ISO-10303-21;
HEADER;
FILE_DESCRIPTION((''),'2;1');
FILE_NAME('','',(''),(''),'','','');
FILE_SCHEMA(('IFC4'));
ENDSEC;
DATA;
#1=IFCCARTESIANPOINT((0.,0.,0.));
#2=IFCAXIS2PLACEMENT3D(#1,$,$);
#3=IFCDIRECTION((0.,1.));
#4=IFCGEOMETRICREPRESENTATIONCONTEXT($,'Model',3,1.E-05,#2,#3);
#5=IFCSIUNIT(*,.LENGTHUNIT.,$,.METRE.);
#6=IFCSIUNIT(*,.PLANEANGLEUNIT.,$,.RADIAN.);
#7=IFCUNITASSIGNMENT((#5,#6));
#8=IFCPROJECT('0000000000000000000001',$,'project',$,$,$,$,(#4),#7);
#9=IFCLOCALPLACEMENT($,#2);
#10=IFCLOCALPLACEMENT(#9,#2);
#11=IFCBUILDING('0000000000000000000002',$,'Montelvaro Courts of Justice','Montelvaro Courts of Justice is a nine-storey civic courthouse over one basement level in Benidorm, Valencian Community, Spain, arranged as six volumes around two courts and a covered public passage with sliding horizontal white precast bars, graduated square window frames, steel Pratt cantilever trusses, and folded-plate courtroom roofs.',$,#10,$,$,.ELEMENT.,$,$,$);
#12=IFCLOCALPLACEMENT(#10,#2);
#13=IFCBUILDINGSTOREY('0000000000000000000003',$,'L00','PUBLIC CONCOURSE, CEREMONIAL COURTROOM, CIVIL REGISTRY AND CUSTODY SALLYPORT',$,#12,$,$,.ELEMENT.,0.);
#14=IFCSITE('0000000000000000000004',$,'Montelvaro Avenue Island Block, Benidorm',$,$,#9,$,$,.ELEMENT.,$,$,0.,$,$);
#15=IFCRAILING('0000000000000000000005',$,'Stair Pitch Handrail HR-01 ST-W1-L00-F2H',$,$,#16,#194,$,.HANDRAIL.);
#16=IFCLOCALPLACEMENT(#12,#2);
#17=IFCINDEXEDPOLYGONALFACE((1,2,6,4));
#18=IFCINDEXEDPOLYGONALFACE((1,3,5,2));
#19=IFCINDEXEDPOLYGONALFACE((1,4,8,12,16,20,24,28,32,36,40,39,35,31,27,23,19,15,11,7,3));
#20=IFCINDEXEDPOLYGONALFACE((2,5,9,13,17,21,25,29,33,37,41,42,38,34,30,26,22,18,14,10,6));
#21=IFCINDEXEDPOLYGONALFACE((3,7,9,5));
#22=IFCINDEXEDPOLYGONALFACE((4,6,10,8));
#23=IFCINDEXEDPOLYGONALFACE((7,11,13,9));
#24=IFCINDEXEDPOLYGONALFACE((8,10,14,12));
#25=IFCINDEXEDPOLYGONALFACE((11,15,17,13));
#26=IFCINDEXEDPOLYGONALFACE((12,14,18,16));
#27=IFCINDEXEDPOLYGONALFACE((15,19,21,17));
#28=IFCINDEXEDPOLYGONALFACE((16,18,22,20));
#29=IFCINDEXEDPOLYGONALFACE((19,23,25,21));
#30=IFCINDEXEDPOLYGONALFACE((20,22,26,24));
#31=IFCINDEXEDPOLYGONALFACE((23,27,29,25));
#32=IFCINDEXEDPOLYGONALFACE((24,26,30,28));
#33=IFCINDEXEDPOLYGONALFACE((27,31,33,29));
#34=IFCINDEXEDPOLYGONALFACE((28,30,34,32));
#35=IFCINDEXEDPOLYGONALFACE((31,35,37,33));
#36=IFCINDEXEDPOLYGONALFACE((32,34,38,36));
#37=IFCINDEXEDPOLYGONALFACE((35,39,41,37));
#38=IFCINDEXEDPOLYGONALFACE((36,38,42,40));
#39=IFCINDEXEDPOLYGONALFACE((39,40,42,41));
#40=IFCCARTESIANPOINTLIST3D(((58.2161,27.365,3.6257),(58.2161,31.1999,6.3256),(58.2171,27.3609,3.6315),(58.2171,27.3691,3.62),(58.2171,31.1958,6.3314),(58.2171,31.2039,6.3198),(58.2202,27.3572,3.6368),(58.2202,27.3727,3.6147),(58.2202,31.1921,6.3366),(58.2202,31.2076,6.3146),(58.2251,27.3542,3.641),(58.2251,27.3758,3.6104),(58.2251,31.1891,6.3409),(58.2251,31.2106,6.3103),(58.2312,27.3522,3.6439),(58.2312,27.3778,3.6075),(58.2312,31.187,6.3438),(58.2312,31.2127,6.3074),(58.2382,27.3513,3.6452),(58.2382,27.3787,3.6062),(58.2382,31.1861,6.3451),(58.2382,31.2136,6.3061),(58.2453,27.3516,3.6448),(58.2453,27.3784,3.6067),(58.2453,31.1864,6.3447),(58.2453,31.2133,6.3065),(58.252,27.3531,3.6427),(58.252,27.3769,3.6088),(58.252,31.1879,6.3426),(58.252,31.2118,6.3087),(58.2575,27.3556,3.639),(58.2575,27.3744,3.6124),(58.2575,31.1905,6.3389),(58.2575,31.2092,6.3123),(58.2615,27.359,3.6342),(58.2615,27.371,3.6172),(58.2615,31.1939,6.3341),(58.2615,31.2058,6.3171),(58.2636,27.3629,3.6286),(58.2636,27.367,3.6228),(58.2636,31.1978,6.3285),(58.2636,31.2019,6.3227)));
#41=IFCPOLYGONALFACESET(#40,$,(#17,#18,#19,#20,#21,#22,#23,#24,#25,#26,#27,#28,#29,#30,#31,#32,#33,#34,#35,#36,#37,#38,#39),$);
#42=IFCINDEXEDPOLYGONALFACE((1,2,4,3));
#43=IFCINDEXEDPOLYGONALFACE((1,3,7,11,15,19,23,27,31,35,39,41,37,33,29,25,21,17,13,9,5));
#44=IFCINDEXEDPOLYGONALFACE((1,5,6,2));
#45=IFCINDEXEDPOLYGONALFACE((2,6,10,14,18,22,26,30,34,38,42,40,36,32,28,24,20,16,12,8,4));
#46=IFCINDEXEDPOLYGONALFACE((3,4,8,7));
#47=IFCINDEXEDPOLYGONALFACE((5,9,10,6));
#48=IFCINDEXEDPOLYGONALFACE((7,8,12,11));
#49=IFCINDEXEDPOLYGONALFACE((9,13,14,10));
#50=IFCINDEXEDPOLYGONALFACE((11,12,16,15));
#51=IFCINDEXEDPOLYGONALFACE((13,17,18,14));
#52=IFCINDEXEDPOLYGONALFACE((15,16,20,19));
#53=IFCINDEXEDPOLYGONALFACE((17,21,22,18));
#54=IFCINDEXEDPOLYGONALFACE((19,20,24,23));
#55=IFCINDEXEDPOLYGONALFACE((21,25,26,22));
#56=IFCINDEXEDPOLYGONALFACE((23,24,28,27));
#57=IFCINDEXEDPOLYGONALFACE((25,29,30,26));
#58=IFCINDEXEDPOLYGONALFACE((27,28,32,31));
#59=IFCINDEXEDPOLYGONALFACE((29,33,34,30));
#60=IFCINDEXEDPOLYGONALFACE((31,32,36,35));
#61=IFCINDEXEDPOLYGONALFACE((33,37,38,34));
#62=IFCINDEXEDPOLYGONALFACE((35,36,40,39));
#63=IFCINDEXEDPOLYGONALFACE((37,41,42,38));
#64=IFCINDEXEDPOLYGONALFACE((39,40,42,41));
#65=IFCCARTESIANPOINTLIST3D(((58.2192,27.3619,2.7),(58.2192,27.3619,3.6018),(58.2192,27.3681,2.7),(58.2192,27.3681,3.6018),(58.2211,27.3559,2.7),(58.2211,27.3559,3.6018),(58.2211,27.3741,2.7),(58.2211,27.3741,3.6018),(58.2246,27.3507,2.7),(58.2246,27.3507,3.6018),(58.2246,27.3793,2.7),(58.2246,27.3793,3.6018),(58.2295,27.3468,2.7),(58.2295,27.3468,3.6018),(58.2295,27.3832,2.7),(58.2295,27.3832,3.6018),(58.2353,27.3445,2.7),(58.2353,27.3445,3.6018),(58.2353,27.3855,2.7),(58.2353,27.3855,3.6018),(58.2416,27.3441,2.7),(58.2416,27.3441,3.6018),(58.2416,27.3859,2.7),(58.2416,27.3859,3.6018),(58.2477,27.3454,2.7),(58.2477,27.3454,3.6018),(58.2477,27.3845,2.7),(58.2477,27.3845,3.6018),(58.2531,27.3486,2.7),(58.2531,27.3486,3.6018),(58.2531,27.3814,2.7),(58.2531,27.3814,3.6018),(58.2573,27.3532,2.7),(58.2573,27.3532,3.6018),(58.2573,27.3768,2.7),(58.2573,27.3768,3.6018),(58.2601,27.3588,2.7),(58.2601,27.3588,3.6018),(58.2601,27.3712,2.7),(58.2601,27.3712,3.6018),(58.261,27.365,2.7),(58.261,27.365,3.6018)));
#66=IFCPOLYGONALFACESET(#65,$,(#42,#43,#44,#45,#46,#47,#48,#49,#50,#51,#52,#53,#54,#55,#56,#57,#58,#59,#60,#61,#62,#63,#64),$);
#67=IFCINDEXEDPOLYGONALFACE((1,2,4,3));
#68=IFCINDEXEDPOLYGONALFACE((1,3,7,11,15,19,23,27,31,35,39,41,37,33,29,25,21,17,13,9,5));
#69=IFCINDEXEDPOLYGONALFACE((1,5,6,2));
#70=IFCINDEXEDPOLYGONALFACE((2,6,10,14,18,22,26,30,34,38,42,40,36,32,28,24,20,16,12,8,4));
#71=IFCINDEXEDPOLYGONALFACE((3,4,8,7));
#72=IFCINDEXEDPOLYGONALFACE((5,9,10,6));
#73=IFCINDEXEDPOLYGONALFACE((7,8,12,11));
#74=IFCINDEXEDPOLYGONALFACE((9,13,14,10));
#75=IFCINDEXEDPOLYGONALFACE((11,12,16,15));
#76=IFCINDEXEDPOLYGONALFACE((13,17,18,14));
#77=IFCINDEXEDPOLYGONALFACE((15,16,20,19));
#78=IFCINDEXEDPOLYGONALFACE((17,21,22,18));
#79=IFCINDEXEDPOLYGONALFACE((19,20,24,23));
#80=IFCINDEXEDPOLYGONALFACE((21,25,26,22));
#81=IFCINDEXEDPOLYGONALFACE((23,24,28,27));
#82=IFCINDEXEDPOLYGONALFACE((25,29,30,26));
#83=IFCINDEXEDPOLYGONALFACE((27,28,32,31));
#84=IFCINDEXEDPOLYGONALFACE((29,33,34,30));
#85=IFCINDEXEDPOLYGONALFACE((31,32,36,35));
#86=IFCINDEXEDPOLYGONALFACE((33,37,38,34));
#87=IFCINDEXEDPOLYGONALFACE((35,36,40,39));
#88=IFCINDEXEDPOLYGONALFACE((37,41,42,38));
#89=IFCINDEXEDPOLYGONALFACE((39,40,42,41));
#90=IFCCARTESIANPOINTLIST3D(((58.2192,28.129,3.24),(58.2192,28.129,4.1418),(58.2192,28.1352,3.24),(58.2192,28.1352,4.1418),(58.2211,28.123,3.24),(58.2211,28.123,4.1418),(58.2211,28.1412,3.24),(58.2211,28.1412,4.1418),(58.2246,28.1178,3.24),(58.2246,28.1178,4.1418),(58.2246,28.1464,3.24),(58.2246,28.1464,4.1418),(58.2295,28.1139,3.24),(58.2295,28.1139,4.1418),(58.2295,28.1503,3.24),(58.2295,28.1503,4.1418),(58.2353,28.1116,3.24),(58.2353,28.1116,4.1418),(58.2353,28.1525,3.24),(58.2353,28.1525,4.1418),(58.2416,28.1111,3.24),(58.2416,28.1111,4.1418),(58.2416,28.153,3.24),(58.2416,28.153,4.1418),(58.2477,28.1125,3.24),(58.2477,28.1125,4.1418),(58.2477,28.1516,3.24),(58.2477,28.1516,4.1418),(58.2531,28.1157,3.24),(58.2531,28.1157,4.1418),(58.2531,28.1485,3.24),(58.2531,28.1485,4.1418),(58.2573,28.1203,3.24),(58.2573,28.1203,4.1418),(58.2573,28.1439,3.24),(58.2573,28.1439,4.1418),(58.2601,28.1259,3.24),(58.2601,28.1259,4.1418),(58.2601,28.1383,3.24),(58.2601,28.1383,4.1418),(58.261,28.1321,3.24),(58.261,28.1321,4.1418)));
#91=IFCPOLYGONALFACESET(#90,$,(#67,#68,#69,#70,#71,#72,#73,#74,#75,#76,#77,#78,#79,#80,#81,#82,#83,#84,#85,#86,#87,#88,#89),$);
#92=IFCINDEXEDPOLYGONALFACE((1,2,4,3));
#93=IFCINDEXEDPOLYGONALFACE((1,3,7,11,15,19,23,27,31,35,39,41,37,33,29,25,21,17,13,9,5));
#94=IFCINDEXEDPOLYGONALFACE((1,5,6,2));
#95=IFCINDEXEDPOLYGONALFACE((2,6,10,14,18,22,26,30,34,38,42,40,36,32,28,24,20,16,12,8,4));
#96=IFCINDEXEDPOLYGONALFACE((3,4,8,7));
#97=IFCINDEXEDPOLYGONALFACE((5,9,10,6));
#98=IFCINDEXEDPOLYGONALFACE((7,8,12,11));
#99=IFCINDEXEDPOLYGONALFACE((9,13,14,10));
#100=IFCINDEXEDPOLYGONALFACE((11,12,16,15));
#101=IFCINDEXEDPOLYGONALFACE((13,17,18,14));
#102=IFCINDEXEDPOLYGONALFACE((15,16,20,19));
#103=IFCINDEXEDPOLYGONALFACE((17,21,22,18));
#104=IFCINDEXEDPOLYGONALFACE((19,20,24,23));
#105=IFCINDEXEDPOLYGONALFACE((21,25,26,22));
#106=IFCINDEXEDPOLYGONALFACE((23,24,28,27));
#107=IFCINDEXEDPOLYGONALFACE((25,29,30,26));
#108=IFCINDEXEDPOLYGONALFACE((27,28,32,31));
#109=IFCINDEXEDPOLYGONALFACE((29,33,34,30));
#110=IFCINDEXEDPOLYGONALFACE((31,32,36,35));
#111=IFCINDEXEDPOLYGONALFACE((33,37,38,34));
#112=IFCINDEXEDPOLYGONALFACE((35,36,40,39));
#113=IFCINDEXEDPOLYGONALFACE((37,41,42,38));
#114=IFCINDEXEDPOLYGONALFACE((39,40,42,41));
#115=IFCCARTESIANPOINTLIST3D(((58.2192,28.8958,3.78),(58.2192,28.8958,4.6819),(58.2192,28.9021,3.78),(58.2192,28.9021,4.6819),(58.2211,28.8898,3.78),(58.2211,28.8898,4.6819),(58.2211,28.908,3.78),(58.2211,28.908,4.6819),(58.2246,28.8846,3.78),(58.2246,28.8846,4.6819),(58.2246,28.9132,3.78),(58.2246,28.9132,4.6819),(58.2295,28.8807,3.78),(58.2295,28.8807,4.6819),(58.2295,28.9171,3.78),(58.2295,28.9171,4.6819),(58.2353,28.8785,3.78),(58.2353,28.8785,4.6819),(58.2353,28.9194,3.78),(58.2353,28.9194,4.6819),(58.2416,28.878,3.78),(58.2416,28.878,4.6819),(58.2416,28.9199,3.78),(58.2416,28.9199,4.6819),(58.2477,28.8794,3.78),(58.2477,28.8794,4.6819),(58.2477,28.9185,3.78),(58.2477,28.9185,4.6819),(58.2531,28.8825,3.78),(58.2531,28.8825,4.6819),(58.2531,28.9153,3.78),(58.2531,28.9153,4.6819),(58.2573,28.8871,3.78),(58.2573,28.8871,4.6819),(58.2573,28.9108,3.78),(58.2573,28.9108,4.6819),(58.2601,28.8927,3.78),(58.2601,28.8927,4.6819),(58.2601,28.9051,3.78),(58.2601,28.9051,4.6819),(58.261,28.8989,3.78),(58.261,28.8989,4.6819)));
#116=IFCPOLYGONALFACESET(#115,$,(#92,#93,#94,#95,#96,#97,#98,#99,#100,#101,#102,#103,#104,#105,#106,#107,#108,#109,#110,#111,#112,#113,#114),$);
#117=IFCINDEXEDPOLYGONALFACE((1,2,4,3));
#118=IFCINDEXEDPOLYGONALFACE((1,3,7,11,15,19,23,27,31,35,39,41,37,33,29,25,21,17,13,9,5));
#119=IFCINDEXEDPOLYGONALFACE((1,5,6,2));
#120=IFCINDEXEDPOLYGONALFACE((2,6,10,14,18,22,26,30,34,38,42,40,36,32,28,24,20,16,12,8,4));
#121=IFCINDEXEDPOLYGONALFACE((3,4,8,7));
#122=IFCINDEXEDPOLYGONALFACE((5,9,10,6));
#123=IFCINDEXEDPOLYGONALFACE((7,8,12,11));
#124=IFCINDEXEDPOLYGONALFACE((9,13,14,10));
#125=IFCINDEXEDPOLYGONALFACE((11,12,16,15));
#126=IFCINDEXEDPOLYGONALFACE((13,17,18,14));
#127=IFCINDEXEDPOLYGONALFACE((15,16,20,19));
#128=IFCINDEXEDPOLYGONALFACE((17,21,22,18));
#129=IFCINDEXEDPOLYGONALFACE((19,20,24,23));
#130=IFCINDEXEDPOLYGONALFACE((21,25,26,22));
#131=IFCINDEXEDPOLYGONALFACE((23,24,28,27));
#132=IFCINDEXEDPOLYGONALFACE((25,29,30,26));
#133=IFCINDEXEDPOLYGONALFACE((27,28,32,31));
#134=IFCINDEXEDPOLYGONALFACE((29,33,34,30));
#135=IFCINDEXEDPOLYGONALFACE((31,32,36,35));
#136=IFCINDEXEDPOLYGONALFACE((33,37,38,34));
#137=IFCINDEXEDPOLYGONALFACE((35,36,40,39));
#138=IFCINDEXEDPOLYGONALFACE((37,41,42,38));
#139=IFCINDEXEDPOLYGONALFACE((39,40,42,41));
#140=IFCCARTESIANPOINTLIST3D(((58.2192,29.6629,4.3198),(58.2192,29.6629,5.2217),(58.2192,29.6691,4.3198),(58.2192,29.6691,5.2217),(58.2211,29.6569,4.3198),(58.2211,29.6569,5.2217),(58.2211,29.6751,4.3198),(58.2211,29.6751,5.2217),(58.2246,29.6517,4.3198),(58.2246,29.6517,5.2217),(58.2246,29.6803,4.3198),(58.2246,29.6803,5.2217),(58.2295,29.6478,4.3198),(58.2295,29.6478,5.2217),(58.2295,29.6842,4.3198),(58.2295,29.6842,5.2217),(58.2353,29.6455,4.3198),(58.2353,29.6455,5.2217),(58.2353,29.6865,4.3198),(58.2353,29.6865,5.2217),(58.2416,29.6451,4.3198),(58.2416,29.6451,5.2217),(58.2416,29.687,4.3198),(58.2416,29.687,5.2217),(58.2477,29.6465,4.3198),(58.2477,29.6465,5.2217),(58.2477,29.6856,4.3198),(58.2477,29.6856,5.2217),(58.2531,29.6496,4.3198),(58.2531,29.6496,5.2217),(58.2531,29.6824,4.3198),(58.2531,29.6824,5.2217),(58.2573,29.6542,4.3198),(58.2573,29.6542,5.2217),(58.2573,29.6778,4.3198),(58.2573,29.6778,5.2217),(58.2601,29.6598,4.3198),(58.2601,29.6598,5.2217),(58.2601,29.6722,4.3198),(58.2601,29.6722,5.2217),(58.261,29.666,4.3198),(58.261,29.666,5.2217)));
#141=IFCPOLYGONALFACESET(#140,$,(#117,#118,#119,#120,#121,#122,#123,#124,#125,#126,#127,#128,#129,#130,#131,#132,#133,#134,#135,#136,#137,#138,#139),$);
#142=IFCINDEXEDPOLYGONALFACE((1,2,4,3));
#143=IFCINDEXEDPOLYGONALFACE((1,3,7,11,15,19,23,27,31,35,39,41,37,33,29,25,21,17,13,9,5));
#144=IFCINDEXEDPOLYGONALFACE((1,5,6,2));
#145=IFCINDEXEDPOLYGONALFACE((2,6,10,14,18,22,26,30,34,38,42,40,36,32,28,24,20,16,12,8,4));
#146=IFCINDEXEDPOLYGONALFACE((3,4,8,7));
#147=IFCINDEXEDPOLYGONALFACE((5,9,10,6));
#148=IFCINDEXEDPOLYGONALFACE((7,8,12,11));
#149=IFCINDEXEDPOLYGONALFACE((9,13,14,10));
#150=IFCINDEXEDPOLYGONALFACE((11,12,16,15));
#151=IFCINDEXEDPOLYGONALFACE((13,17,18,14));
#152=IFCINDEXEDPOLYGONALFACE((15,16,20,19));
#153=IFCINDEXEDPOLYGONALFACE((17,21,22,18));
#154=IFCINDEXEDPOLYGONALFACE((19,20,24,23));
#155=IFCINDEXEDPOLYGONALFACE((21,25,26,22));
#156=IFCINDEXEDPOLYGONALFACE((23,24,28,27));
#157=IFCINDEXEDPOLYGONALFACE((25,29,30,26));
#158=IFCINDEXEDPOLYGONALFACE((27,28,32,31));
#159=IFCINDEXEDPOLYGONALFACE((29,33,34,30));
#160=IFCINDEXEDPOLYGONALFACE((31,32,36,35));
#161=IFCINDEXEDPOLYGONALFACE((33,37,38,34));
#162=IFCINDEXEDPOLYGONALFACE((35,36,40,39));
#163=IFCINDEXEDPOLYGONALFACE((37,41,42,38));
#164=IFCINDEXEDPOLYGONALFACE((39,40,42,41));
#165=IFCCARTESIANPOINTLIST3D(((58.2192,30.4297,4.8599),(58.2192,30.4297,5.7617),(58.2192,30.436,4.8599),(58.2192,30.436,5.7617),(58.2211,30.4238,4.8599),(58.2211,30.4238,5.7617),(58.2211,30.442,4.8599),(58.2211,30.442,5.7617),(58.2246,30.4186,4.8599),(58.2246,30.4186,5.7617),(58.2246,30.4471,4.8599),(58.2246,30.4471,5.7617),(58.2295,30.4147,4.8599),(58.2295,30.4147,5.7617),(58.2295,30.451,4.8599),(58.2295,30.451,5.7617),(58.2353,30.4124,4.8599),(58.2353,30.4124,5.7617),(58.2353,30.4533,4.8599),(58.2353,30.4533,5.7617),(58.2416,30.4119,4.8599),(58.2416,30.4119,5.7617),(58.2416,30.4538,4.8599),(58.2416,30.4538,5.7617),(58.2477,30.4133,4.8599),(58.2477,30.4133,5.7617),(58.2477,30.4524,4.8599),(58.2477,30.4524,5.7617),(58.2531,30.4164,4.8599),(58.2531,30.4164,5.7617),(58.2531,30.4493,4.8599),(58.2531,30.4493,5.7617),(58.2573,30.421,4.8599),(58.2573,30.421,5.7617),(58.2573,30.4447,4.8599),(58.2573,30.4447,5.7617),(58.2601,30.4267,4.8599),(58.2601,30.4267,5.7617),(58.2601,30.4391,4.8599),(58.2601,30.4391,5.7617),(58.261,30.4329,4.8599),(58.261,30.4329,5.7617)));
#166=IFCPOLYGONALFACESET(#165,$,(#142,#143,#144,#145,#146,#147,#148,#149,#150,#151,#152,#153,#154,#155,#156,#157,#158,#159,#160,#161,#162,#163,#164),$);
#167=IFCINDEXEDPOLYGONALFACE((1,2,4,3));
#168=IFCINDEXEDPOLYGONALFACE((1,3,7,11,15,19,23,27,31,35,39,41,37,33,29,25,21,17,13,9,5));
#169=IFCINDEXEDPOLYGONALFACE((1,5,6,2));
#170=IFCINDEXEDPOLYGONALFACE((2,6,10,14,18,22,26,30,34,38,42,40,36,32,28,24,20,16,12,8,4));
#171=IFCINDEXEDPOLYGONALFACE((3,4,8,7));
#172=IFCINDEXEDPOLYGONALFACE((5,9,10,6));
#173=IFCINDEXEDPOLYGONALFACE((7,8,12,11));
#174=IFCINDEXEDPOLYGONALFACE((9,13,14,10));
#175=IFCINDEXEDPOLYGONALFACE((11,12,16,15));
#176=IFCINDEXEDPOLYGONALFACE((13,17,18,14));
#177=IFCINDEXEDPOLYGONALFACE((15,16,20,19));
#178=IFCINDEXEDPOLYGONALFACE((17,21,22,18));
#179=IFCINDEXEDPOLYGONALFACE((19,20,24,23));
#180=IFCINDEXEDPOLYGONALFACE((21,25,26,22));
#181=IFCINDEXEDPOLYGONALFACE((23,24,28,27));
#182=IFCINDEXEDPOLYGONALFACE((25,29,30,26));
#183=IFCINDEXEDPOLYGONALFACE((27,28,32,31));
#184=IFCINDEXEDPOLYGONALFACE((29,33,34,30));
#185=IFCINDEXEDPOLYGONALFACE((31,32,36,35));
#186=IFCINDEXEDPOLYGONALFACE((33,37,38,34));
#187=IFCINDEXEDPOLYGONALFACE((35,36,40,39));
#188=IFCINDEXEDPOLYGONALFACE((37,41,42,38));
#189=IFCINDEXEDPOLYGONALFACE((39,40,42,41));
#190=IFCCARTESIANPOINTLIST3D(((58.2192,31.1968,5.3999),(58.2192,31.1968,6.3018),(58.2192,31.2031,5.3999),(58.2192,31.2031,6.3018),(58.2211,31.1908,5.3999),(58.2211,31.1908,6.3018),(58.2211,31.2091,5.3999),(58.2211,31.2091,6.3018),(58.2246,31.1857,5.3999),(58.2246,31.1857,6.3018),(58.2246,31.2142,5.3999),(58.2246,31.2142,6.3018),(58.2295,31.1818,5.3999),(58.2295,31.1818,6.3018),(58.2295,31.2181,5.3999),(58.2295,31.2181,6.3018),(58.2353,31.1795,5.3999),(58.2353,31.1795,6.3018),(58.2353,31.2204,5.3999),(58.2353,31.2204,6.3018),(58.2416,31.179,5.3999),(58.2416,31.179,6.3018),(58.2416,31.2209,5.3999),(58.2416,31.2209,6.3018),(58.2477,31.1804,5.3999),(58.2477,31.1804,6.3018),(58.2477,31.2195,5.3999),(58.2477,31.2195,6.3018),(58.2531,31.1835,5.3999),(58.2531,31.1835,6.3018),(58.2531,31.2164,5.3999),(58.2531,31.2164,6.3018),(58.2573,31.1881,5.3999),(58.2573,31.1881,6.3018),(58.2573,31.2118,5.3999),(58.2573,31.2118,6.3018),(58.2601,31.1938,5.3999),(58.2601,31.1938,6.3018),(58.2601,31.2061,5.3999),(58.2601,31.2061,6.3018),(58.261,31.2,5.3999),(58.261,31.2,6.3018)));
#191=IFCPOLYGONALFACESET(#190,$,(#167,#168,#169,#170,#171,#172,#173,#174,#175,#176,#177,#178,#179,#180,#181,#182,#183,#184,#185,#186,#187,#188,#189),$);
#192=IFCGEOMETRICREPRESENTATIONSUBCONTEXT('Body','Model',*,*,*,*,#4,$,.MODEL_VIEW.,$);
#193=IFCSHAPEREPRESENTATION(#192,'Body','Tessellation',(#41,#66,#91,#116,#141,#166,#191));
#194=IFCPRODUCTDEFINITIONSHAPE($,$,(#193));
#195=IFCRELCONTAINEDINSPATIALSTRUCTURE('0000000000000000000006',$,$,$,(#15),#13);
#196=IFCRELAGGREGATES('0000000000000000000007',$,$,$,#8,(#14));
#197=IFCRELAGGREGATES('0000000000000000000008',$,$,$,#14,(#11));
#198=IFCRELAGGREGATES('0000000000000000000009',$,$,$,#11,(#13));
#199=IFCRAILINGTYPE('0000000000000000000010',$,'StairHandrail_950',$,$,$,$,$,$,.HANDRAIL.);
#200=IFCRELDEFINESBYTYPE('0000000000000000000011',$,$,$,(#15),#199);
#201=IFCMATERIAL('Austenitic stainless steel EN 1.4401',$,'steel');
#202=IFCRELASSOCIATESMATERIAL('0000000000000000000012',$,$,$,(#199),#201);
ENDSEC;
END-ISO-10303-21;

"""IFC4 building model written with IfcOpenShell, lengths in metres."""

from ifc_helpers import new_model, si_unit, direction, frame, origin, origin_2d, place, context, subcontext, project, spatial, circle, extrude, material, type_object, element, save


model = new_model("IFC4")

# Units and contexts
model_context = context("Model", 3, precision=1e-05, world=origin(), true_north=direction((0.0, 1.0)))
body_context = subcontext(model_context, "Body", "Model", "MODEL_VIEW")
ifc_project = project(units=[si_unit("LENGTHUNIT", "METRE"), si_unit("PLANEANGLEUNIT", "RADIAN")], contexts=[model_context])

# Site, building, storey
site_placement = place(None, origin())
site = spatial("IfcSite", under=ifc_project, at=site_placement, Name="Montelvaro Avenue Island Block, Benidorm", CompositionType="ELEMENT", RefElevation=0.0)
building_placement = place(site_placement, origin())
building = spatial("IfcBuilding", under=site, at=building_placement, Name="Montelvaro Courts of Justice", Description="Montelvaro Courts of Justice is a nine-storey civic courthouse over one basement level in Benidorm, Valencian Community, Spain, arranged as six volumes around two courts and a covered public passage with sliding horizontal white precast bars, graduated square window frames, steel Pratt cantilever trusses, and folded-plate courtroom roofs.", CompositionType="ELEMENT")
storey_placement = place(building_placement, origin())
storey = spatial("IfcBuildingStorey", under=building, at=storey_placement, Name="L00", Description="PUBLIC CONCOURSE, CEREMONIAL COURTROOM, CIVIL REGISTRY AND CUSTODY SALLYPORT", CompositionType="ELEMENT", Elevation=0.0)

# Railing
ifc_material_1 = material(Name="Austenitic stainless steel EN 1.4401", Category="steel")
railing_type_1 = type_object("IfcRailingType", Name="StairHandrail_950", PredefinedType="HANDRAIL", material=ifc_material_1)
railing_1_placement = place(storey_placement, frame((58.24, 27.365, 2.7)))
element("IfcRailing", 1, at=railing_1_placement, inside=storey, type_object=railing_type_1, Name="Stair Pitch Handrail HR-01 ST-W1-L00-F2H", PredefinedType="HANDRAIL", context=body_context, shape_type="SweptSolid", body=[
    extrude(circle(Radius=0.0239, at=origin_2d()), frame((0.0, 0.0, 0.9258), z_axis=(0.0, 0.817678, 0.575675), x_axis=(-1.0, 0.0, 0.0)), (0.0, 0.0, 1.0), 4.6899),
    extrude(circle(Radius=0.021, at=origin_2d()), origin(), (0.0, 0.0, 1.0), 0.9019),
    extrude(circle(Radius=0.021, at=origin_2d()), frame((0.0, 0.7671, 0.54)), (0.0, 0.0, 1.0), 0.9019),
    extrude(circle(Radius=0.021, at=origin_2d()), frame((0.0, 1.5339, 1.0801)), (0.0, 0.0, 1.0), 0.9019),
    extrude(circle(Radius=0.021, at=origin_2d()), frame((0.0, 2.301, 1.6199)), (0.0, 0.0, 1.0), 0.9019),
    extrude(circle(Radius=0.021, at=origin_2d()), frame((0.0, 3.0679, 2.1599)), (0.0, 0.0, 1.0), 0.9019),
    extrude(circle(Radius=0.021, at=origin_2d()), frame((0.0, 3.835, 2.7)), (0.0, 0.0, 1.0), 0.9019),
])

save(model, "model.ifc")
